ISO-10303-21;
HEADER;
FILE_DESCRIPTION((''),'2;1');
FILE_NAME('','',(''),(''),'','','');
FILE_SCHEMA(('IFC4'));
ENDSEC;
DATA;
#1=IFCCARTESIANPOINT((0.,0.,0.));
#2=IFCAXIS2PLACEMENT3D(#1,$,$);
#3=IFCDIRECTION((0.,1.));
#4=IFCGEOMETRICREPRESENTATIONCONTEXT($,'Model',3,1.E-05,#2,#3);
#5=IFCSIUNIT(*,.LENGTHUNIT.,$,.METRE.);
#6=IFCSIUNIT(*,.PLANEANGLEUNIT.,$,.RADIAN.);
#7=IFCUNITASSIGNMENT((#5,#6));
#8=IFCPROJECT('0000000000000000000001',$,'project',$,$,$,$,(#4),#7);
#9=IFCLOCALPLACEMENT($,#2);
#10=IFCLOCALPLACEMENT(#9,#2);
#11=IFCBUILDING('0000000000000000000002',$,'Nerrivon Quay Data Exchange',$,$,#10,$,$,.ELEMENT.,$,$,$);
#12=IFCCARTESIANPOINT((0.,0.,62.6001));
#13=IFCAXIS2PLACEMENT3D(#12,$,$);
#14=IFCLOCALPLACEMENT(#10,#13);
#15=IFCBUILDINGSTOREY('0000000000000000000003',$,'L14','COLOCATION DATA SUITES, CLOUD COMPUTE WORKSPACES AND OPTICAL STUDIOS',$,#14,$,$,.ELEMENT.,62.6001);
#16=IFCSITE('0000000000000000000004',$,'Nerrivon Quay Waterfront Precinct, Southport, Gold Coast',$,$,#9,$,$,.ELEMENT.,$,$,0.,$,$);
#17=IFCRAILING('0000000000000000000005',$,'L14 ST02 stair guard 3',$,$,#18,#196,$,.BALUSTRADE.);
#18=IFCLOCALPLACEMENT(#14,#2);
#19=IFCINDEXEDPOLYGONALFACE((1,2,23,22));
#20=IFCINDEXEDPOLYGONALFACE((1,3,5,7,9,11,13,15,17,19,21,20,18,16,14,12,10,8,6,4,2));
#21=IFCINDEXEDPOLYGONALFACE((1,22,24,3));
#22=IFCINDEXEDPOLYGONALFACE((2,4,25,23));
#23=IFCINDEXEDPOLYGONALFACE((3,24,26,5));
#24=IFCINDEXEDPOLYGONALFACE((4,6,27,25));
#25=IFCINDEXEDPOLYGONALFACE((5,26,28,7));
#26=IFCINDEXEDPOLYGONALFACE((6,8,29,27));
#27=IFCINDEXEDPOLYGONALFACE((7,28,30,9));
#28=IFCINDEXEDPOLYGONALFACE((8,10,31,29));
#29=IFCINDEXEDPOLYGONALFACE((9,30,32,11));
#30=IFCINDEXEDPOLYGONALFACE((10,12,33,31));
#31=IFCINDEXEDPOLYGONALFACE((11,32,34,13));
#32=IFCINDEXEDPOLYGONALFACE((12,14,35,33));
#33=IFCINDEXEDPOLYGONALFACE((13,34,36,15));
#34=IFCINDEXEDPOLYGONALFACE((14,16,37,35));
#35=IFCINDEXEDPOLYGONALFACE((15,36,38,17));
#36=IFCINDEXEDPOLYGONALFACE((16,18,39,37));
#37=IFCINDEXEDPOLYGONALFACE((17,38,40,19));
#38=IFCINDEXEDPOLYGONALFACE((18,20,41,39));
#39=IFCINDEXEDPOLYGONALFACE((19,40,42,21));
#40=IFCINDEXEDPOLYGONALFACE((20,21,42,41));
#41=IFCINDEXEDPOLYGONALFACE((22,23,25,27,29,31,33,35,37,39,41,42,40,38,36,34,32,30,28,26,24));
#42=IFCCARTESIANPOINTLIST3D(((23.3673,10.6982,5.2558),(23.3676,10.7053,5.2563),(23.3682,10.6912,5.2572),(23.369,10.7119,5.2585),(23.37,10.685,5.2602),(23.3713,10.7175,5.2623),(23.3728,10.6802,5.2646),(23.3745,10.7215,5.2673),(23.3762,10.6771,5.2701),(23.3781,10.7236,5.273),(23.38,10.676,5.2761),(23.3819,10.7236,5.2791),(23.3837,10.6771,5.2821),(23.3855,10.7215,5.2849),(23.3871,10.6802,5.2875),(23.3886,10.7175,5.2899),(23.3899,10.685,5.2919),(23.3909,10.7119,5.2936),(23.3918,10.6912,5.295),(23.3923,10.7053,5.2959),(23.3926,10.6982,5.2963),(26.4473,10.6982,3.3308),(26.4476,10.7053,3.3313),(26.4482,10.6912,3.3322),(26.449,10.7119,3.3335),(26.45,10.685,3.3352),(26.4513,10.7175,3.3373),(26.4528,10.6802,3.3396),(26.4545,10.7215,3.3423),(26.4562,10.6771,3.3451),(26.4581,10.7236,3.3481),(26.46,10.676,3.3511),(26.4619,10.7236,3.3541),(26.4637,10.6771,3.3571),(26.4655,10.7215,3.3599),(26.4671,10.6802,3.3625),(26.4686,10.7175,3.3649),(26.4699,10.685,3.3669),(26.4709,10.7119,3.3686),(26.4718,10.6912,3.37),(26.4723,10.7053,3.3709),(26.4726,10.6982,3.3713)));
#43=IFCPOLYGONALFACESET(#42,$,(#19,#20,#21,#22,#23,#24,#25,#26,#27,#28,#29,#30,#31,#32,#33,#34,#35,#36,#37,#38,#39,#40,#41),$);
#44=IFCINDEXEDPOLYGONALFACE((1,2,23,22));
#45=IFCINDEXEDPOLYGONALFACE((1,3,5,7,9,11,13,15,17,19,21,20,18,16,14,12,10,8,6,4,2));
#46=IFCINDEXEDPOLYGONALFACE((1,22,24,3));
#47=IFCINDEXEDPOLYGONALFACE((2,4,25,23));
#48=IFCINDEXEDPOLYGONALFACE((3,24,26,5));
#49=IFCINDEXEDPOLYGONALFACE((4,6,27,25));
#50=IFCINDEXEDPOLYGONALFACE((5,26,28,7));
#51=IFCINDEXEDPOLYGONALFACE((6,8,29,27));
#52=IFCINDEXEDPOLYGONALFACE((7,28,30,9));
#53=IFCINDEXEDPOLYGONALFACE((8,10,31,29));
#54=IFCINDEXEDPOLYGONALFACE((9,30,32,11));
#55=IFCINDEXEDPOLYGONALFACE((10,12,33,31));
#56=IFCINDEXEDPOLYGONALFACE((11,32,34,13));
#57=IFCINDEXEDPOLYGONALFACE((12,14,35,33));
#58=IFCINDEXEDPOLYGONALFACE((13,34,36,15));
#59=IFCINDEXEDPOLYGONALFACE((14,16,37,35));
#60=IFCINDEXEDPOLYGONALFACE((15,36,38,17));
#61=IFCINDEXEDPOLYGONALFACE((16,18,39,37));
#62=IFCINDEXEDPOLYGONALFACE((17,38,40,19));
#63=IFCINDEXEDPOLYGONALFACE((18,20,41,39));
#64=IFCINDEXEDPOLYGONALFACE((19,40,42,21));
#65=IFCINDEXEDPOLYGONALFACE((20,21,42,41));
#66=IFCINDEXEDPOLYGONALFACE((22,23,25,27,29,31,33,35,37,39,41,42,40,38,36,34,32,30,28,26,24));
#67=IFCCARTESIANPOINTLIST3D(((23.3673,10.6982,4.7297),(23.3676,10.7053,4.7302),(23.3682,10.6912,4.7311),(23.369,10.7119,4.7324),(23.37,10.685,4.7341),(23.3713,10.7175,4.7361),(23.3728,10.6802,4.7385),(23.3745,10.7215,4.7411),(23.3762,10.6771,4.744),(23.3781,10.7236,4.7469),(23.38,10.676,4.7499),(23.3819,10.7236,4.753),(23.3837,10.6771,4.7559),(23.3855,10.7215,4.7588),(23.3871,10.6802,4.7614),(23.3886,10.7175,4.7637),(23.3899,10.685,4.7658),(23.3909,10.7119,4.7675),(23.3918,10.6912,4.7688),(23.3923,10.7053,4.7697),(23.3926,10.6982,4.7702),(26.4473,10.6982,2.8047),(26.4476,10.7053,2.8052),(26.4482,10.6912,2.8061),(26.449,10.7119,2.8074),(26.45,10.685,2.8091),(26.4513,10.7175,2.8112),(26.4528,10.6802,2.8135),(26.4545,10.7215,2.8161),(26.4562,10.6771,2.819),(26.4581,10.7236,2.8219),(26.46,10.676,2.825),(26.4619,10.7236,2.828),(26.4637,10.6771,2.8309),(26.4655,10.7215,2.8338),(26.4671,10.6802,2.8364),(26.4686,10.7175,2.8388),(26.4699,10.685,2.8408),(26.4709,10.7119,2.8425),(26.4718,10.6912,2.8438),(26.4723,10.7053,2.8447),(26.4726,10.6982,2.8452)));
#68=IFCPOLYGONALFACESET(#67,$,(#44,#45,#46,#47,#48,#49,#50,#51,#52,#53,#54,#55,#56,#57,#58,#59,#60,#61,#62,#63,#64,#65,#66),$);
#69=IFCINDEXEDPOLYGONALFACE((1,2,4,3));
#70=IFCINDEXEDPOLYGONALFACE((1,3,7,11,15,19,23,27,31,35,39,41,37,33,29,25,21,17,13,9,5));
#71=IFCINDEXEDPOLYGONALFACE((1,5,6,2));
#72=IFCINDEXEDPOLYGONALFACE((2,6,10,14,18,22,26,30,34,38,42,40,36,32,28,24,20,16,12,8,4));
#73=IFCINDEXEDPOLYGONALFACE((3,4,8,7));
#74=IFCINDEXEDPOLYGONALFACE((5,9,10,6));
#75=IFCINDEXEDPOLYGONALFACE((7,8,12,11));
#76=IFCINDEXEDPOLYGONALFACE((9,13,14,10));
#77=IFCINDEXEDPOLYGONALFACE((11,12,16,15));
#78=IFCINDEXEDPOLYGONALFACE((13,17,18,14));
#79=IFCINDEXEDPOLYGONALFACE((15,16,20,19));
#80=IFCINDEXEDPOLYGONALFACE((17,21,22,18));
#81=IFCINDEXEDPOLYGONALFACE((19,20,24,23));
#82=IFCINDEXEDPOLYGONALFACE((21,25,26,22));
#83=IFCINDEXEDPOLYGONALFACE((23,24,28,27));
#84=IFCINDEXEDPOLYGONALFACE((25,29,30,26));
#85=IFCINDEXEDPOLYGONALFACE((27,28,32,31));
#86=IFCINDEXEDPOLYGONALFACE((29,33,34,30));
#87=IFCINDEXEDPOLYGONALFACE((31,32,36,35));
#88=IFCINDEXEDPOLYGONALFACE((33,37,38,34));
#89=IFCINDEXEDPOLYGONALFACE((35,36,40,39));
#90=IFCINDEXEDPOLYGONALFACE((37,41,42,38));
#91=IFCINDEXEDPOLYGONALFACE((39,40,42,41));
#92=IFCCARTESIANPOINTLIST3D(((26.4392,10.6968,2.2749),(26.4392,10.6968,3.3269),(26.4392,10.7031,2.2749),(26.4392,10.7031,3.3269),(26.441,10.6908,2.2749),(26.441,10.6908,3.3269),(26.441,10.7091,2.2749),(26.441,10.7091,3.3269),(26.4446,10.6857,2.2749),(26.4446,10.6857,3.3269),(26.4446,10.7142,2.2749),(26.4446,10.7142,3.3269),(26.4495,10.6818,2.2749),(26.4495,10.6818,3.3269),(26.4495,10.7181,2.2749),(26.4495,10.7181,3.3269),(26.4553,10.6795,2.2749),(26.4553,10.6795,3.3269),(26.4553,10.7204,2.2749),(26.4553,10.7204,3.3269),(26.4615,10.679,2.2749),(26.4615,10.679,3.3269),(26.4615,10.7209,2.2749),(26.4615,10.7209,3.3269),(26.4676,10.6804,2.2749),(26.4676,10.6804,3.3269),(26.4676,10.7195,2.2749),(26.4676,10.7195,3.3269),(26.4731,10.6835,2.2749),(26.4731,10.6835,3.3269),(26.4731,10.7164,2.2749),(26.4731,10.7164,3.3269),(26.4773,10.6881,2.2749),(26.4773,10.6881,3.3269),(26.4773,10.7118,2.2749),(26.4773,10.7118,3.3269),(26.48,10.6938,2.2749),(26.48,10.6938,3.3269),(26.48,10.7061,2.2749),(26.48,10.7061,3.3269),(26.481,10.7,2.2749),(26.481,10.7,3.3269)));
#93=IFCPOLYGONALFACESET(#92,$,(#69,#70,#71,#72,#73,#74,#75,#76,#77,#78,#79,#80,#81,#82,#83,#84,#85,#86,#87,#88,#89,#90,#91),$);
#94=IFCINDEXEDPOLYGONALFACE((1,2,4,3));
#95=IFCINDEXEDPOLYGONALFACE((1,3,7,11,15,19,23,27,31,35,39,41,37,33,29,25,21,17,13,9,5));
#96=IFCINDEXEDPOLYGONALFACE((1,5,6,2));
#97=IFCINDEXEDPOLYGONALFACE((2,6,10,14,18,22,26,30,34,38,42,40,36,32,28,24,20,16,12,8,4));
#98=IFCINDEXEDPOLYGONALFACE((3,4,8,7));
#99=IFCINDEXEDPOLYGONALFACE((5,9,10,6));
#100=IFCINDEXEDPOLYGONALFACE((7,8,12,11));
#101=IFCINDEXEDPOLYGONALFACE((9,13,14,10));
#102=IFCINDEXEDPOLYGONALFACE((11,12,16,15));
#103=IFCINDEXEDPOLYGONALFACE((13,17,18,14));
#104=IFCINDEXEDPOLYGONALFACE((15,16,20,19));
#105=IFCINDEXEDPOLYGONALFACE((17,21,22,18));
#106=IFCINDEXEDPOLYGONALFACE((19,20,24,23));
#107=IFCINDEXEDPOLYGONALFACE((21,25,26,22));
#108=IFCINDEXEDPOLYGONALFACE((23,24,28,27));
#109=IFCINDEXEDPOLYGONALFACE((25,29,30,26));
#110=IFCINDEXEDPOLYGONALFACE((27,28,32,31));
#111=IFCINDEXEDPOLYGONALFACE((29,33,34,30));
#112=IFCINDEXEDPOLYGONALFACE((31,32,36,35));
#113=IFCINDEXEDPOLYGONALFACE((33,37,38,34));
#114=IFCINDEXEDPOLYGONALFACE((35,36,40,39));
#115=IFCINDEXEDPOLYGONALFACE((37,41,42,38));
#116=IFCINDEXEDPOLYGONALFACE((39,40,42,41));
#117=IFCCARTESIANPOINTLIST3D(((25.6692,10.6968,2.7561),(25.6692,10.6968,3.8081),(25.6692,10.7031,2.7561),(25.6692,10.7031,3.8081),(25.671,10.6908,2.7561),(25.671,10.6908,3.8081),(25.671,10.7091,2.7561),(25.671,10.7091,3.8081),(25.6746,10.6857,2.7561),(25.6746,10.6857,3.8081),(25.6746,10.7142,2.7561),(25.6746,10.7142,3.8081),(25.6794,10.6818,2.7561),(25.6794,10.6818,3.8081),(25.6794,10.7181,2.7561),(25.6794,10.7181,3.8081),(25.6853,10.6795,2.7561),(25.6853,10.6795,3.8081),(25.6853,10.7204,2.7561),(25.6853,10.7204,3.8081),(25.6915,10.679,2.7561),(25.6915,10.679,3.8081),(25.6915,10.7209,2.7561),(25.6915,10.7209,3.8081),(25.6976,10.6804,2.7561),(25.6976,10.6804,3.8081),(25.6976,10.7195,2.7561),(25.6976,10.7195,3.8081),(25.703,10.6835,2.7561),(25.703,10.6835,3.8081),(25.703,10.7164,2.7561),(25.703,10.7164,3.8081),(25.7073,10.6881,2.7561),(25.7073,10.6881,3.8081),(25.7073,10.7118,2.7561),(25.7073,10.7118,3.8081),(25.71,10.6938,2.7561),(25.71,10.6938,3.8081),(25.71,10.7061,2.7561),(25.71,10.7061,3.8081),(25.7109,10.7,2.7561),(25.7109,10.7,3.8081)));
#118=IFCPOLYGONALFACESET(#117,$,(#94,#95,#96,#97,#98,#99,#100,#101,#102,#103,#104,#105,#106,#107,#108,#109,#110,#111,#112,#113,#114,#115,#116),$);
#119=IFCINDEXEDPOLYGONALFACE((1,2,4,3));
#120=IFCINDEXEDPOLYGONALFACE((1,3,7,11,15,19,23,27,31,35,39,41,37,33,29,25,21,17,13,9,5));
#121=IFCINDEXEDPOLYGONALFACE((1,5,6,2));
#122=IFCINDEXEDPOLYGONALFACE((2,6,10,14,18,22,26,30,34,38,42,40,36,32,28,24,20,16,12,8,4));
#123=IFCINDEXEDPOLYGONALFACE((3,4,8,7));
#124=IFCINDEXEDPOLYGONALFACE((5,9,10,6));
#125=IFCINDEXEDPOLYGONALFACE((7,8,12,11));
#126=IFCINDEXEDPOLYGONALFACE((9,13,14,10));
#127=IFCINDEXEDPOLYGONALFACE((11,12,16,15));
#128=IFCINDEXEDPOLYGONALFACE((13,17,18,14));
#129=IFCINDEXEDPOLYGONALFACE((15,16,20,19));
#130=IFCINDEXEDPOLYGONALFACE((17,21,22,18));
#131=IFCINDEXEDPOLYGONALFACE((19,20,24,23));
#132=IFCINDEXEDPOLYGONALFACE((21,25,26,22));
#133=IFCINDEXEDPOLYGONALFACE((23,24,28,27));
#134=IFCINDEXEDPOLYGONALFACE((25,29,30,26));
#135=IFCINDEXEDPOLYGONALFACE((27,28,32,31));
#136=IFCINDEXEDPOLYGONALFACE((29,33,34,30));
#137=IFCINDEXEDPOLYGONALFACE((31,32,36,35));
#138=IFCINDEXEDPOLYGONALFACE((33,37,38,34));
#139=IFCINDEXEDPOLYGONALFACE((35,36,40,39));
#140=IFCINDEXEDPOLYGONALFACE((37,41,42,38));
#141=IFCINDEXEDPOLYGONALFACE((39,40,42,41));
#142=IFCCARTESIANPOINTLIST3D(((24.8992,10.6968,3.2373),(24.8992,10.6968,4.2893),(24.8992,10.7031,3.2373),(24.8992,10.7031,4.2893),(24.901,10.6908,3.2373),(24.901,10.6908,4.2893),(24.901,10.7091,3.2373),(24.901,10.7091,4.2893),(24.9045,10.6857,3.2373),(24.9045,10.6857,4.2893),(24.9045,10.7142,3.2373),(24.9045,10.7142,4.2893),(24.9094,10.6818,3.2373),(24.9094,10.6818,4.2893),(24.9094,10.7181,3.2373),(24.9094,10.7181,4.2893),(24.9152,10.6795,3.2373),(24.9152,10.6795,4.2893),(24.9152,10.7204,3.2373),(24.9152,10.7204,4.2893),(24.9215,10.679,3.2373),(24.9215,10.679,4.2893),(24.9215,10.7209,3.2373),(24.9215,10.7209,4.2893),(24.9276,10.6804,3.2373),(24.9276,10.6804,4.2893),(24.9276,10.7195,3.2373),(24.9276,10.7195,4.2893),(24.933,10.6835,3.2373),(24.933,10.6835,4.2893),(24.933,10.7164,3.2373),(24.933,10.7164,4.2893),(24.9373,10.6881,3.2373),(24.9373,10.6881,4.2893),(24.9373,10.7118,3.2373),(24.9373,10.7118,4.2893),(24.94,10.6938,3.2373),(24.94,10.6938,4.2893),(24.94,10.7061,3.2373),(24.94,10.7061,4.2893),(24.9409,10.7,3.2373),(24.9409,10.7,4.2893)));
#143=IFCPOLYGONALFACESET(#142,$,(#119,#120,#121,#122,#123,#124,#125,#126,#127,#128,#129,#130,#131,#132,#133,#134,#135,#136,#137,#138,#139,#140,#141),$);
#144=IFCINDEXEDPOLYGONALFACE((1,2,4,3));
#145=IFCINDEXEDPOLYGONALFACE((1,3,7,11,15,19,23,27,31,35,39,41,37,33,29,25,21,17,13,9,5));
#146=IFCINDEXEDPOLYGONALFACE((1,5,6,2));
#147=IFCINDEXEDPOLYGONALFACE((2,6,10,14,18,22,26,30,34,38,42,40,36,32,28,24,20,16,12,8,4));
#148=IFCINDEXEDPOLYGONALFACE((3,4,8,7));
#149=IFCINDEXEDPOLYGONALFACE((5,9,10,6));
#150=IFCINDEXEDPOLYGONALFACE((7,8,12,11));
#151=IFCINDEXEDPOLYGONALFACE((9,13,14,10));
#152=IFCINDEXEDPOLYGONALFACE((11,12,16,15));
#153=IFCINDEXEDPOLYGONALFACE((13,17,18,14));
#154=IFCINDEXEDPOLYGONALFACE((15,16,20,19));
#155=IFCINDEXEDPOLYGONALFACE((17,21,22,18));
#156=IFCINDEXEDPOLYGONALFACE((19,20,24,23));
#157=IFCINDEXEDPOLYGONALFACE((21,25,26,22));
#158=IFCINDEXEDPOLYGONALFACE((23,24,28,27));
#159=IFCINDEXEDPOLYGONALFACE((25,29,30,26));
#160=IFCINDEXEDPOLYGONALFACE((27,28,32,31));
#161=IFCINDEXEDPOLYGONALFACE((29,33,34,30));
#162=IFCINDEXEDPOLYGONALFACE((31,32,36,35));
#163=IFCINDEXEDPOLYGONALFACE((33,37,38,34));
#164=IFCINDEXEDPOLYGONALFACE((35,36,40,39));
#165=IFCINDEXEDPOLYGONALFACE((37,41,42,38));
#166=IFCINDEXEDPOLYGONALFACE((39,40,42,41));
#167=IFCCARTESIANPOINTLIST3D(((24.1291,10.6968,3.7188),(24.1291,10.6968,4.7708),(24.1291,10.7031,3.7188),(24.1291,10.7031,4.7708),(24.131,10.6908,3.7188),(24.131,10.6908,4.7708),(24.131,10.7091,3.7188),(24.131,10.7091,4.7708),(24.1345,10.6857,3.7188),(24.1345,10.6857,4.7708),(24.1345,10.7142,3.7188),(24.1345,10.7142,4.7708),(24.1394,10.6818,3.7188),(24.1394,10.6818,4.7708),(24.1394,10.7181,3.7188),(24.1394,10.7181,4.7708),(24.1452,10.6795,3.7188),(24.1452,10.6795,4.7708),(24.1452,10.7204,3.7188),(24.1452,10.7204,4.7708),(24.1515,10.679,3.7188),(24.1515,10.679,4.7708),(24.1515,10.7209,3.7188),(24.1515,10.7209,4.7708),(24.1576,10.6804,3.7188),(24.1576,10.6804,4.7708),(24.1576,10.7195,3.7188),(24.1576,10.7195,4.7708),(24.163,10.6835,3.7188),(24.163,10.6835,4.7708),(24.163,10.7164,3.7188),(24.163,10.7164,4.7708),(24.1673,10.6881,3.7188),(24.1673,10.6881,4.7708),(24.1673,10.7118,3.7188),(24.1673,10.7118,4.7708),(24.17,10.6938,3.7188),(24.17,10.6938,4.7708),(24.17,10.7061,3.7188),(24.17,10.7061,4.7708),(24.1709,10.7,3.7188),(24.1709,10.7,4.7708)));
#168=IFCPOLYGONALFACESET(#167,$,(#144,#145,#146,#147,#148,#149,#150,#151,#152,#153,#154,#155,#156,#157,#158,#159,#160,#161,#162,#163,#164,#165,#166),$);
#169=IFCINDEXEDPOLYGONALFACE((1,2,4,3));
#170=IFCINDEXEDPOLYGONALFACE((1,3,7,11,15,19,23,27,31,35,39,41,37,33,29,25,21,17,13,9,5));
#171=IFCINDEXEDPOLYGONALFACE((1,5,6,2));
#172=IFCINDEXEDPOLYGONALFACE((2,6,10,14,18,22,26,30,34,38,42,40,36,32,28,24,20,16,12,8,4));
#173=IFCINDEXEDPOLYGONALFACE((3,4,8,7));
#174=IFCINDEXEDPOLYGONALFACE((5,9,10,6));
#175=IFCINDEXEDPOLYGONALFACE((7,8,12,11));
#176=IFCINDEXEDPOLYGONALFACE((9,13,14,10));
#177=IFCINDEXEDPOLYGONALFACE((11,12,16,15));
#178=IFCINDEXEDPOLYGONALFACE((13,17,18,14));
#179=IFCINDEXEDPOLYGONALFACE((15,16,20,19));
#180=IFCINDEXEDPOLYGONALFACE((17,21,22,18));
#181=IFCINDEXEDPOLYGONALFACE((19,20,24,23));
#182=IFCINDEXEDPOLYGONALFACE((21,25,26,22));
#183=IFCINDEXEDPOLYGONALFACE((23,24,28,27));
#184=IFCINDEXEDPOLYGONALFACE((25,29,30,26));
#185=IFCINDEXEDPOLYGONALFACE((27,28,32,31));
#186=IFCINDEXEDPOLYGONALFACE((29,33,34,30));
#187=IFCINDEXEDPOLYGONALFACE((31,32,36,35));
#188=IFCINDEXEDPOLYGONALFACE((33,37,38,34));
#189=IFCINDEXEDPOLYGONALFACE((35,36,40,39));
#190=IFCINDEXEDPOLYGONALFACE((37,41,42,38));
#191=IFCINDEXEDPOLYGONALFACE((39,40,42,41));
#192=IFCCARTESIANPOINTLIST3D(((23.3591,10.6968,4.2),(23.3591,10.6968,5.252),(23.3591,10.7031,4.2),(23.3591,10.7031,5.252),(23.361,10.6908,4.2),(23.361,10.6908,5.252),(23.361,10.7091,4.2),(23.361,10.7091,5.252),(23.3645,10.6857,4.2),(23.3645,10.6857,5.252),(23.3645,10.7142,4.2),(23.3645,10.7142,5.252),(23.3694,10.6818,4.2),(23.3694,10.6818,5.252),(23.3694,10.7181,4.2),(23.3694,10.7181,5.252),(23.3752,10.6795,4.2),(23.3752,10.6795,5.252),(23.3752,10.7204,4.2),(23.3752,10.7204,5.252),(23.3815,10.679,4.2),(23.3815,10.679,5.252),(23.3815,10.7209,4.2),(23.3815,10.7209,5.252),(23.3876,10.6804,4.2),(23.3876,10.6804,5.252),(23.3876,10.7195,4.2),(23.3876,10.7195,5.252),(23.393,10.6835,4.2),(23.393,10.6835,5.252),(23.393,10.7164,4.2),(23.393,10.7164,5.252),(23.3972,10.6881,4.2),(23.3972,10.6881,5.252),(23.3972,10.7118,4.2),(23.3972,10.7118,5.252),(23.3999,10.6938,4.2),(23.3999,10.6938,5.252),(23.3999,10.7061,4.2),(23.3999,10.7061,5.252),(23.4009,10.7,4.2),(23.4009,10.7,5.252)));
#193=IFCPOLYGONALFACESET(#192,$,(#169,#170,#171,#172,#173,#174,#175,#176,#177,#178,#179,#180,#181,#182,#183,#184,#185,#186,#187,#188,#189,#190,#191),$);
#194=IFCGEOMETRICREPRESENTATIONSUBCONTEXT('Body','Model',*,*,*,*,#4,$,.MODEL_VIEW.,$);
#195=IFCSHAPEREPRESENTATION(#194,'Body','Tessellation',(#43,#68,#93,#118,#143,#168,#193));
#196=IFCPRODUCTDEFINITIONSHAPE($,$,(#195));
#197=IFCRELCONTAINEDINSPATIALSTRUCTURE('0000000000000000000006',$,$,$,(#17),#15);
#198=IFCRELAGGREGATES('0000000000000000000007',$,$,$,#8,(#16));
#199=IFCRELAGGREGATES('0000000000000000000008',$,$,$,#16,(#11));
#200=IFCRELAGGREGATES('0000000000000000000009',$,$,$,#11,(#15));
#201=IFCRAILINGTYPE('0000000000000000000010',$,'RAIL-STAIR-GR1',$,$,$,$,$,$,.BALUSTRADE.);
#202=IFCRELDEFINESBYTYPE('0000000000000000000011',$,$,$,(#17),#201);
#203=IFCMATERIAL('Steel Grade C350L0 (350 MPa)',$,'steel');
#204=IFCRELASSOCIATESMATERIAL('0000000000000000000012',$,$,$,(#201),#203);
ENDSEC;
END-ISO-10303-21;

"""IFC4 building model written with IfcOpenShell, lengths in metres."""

from ifc_helpers import new_model, si_unit, direction, frame, origin, origin_2d, place, context, subcontext, project, spatial, circle, extrude, material, type_object, element, save


model = new_model("IFC4")

# Units and contexts
model_context = context("Model", 3, precision=1e-05, world=origin(), true_north=direction((0.0, 1.0)))
body_context = subcontext(model_context, "Body", "Model", "MODEL_VIEW")
ifc_project = project(units=[si_unit("LENGTHUNIT", "METRE"), si_unit("PLANEANGLEUNIT", "RADIAN")], contexts=[model_context])

# Site, building, storey
site_placement = place(None, origin())
site = spatial("IfcSite", under=ifc_project, at=site_placement, Name="Nerrivon Quay Waterfront Precinct, Southport, Gold Coast", CompositionType="ELEMENT", RefElevation=0.0)
building_placement = place(site_placement, origin())
building = spatial("IfcBuilding", under=site, at=building_placement, Name="Nerrivon Quay Data Exchange", CompositionType="ELEMENT")
storey_placement = place(building_placement, frame((0.0, 0.0, 62.6001)))
storey = spatial("IfcBuildingStorey", under=building, at=storey_placement, Name="L14", Description="COLOCATION DATA SUITES, CLOUD COMPUTE WORKSPACES AND OPTICAL STUDIOS", CompositionType="ELEMENT", Elevation=62.6001)

# Railing
ifc_material_1 = material(Name="Steel Grade C350L0 (350 MPa)", Category="steel")
railing_type_1 = type_object("IfcRailingType", Name="RAIL-STAIR-GR1", PredefinedType="BALUSTRADE", material=ifc_material_1)
railing_1_placement = place(storey_placement, frame((26.46, 10.7, 2.2749)))
element("IfcRailing", 1, at=railing_1_placement, inside=storey, type_object=railing_type_1, Name="L14 ST02 stair guard 3", PredefinedType="BALUSTRADE", context=body_context, shape_type="SweptSolid", body=[
    extrude(circle(Radius=0.0239, at=origin_2d()), frame((0.0, 0.0, 1.0762), z_axis=(-0.847998, 0.0, 0.529999), x_axis=(0.0, -1.0, 0.0)), (0.0, 0.0, 1.0), 3.6321),
    extrude(circle(Radius=0.0239, at=origin_2d()), frame((0.0, 0.0, 0.55), z_axis=(-0.847998, 0.0, 0.529999), x_axis=(0.0, -1.0, 0.0)), (0.0, 0.0, 1.0), 3.6321),
    extrude(circle(Radius=0.021, at=origin_2d()), origin(), (0.0, 0.0, 1.0), 1.052),
    extrude(circle(Radius=0.021, at=origin_2d()), frame((-0.77, 0.0, 0.4812)), (0.0, 0.0, 1.0), 1.052),
    extrude(circle(Radius=0.021, at=origin_2d()), frame((-1.54, 0.0, 0.9624)), (0.0, 0.0, 1.0), 1.052),
    extrude(circle(Radius=0.021, at=origin_2d()), frame((-2.3101, 0.0, 1.4438)), (0.0, 0.0, 1.0), 1.052),
    extrude(circle(Radius=0.021, at=origin_2d()), frame((-3.0801, 0.0, 1.925)), (0.0, 0.0, 1.0), 1.052),
])

save(model, "model.ifc")
